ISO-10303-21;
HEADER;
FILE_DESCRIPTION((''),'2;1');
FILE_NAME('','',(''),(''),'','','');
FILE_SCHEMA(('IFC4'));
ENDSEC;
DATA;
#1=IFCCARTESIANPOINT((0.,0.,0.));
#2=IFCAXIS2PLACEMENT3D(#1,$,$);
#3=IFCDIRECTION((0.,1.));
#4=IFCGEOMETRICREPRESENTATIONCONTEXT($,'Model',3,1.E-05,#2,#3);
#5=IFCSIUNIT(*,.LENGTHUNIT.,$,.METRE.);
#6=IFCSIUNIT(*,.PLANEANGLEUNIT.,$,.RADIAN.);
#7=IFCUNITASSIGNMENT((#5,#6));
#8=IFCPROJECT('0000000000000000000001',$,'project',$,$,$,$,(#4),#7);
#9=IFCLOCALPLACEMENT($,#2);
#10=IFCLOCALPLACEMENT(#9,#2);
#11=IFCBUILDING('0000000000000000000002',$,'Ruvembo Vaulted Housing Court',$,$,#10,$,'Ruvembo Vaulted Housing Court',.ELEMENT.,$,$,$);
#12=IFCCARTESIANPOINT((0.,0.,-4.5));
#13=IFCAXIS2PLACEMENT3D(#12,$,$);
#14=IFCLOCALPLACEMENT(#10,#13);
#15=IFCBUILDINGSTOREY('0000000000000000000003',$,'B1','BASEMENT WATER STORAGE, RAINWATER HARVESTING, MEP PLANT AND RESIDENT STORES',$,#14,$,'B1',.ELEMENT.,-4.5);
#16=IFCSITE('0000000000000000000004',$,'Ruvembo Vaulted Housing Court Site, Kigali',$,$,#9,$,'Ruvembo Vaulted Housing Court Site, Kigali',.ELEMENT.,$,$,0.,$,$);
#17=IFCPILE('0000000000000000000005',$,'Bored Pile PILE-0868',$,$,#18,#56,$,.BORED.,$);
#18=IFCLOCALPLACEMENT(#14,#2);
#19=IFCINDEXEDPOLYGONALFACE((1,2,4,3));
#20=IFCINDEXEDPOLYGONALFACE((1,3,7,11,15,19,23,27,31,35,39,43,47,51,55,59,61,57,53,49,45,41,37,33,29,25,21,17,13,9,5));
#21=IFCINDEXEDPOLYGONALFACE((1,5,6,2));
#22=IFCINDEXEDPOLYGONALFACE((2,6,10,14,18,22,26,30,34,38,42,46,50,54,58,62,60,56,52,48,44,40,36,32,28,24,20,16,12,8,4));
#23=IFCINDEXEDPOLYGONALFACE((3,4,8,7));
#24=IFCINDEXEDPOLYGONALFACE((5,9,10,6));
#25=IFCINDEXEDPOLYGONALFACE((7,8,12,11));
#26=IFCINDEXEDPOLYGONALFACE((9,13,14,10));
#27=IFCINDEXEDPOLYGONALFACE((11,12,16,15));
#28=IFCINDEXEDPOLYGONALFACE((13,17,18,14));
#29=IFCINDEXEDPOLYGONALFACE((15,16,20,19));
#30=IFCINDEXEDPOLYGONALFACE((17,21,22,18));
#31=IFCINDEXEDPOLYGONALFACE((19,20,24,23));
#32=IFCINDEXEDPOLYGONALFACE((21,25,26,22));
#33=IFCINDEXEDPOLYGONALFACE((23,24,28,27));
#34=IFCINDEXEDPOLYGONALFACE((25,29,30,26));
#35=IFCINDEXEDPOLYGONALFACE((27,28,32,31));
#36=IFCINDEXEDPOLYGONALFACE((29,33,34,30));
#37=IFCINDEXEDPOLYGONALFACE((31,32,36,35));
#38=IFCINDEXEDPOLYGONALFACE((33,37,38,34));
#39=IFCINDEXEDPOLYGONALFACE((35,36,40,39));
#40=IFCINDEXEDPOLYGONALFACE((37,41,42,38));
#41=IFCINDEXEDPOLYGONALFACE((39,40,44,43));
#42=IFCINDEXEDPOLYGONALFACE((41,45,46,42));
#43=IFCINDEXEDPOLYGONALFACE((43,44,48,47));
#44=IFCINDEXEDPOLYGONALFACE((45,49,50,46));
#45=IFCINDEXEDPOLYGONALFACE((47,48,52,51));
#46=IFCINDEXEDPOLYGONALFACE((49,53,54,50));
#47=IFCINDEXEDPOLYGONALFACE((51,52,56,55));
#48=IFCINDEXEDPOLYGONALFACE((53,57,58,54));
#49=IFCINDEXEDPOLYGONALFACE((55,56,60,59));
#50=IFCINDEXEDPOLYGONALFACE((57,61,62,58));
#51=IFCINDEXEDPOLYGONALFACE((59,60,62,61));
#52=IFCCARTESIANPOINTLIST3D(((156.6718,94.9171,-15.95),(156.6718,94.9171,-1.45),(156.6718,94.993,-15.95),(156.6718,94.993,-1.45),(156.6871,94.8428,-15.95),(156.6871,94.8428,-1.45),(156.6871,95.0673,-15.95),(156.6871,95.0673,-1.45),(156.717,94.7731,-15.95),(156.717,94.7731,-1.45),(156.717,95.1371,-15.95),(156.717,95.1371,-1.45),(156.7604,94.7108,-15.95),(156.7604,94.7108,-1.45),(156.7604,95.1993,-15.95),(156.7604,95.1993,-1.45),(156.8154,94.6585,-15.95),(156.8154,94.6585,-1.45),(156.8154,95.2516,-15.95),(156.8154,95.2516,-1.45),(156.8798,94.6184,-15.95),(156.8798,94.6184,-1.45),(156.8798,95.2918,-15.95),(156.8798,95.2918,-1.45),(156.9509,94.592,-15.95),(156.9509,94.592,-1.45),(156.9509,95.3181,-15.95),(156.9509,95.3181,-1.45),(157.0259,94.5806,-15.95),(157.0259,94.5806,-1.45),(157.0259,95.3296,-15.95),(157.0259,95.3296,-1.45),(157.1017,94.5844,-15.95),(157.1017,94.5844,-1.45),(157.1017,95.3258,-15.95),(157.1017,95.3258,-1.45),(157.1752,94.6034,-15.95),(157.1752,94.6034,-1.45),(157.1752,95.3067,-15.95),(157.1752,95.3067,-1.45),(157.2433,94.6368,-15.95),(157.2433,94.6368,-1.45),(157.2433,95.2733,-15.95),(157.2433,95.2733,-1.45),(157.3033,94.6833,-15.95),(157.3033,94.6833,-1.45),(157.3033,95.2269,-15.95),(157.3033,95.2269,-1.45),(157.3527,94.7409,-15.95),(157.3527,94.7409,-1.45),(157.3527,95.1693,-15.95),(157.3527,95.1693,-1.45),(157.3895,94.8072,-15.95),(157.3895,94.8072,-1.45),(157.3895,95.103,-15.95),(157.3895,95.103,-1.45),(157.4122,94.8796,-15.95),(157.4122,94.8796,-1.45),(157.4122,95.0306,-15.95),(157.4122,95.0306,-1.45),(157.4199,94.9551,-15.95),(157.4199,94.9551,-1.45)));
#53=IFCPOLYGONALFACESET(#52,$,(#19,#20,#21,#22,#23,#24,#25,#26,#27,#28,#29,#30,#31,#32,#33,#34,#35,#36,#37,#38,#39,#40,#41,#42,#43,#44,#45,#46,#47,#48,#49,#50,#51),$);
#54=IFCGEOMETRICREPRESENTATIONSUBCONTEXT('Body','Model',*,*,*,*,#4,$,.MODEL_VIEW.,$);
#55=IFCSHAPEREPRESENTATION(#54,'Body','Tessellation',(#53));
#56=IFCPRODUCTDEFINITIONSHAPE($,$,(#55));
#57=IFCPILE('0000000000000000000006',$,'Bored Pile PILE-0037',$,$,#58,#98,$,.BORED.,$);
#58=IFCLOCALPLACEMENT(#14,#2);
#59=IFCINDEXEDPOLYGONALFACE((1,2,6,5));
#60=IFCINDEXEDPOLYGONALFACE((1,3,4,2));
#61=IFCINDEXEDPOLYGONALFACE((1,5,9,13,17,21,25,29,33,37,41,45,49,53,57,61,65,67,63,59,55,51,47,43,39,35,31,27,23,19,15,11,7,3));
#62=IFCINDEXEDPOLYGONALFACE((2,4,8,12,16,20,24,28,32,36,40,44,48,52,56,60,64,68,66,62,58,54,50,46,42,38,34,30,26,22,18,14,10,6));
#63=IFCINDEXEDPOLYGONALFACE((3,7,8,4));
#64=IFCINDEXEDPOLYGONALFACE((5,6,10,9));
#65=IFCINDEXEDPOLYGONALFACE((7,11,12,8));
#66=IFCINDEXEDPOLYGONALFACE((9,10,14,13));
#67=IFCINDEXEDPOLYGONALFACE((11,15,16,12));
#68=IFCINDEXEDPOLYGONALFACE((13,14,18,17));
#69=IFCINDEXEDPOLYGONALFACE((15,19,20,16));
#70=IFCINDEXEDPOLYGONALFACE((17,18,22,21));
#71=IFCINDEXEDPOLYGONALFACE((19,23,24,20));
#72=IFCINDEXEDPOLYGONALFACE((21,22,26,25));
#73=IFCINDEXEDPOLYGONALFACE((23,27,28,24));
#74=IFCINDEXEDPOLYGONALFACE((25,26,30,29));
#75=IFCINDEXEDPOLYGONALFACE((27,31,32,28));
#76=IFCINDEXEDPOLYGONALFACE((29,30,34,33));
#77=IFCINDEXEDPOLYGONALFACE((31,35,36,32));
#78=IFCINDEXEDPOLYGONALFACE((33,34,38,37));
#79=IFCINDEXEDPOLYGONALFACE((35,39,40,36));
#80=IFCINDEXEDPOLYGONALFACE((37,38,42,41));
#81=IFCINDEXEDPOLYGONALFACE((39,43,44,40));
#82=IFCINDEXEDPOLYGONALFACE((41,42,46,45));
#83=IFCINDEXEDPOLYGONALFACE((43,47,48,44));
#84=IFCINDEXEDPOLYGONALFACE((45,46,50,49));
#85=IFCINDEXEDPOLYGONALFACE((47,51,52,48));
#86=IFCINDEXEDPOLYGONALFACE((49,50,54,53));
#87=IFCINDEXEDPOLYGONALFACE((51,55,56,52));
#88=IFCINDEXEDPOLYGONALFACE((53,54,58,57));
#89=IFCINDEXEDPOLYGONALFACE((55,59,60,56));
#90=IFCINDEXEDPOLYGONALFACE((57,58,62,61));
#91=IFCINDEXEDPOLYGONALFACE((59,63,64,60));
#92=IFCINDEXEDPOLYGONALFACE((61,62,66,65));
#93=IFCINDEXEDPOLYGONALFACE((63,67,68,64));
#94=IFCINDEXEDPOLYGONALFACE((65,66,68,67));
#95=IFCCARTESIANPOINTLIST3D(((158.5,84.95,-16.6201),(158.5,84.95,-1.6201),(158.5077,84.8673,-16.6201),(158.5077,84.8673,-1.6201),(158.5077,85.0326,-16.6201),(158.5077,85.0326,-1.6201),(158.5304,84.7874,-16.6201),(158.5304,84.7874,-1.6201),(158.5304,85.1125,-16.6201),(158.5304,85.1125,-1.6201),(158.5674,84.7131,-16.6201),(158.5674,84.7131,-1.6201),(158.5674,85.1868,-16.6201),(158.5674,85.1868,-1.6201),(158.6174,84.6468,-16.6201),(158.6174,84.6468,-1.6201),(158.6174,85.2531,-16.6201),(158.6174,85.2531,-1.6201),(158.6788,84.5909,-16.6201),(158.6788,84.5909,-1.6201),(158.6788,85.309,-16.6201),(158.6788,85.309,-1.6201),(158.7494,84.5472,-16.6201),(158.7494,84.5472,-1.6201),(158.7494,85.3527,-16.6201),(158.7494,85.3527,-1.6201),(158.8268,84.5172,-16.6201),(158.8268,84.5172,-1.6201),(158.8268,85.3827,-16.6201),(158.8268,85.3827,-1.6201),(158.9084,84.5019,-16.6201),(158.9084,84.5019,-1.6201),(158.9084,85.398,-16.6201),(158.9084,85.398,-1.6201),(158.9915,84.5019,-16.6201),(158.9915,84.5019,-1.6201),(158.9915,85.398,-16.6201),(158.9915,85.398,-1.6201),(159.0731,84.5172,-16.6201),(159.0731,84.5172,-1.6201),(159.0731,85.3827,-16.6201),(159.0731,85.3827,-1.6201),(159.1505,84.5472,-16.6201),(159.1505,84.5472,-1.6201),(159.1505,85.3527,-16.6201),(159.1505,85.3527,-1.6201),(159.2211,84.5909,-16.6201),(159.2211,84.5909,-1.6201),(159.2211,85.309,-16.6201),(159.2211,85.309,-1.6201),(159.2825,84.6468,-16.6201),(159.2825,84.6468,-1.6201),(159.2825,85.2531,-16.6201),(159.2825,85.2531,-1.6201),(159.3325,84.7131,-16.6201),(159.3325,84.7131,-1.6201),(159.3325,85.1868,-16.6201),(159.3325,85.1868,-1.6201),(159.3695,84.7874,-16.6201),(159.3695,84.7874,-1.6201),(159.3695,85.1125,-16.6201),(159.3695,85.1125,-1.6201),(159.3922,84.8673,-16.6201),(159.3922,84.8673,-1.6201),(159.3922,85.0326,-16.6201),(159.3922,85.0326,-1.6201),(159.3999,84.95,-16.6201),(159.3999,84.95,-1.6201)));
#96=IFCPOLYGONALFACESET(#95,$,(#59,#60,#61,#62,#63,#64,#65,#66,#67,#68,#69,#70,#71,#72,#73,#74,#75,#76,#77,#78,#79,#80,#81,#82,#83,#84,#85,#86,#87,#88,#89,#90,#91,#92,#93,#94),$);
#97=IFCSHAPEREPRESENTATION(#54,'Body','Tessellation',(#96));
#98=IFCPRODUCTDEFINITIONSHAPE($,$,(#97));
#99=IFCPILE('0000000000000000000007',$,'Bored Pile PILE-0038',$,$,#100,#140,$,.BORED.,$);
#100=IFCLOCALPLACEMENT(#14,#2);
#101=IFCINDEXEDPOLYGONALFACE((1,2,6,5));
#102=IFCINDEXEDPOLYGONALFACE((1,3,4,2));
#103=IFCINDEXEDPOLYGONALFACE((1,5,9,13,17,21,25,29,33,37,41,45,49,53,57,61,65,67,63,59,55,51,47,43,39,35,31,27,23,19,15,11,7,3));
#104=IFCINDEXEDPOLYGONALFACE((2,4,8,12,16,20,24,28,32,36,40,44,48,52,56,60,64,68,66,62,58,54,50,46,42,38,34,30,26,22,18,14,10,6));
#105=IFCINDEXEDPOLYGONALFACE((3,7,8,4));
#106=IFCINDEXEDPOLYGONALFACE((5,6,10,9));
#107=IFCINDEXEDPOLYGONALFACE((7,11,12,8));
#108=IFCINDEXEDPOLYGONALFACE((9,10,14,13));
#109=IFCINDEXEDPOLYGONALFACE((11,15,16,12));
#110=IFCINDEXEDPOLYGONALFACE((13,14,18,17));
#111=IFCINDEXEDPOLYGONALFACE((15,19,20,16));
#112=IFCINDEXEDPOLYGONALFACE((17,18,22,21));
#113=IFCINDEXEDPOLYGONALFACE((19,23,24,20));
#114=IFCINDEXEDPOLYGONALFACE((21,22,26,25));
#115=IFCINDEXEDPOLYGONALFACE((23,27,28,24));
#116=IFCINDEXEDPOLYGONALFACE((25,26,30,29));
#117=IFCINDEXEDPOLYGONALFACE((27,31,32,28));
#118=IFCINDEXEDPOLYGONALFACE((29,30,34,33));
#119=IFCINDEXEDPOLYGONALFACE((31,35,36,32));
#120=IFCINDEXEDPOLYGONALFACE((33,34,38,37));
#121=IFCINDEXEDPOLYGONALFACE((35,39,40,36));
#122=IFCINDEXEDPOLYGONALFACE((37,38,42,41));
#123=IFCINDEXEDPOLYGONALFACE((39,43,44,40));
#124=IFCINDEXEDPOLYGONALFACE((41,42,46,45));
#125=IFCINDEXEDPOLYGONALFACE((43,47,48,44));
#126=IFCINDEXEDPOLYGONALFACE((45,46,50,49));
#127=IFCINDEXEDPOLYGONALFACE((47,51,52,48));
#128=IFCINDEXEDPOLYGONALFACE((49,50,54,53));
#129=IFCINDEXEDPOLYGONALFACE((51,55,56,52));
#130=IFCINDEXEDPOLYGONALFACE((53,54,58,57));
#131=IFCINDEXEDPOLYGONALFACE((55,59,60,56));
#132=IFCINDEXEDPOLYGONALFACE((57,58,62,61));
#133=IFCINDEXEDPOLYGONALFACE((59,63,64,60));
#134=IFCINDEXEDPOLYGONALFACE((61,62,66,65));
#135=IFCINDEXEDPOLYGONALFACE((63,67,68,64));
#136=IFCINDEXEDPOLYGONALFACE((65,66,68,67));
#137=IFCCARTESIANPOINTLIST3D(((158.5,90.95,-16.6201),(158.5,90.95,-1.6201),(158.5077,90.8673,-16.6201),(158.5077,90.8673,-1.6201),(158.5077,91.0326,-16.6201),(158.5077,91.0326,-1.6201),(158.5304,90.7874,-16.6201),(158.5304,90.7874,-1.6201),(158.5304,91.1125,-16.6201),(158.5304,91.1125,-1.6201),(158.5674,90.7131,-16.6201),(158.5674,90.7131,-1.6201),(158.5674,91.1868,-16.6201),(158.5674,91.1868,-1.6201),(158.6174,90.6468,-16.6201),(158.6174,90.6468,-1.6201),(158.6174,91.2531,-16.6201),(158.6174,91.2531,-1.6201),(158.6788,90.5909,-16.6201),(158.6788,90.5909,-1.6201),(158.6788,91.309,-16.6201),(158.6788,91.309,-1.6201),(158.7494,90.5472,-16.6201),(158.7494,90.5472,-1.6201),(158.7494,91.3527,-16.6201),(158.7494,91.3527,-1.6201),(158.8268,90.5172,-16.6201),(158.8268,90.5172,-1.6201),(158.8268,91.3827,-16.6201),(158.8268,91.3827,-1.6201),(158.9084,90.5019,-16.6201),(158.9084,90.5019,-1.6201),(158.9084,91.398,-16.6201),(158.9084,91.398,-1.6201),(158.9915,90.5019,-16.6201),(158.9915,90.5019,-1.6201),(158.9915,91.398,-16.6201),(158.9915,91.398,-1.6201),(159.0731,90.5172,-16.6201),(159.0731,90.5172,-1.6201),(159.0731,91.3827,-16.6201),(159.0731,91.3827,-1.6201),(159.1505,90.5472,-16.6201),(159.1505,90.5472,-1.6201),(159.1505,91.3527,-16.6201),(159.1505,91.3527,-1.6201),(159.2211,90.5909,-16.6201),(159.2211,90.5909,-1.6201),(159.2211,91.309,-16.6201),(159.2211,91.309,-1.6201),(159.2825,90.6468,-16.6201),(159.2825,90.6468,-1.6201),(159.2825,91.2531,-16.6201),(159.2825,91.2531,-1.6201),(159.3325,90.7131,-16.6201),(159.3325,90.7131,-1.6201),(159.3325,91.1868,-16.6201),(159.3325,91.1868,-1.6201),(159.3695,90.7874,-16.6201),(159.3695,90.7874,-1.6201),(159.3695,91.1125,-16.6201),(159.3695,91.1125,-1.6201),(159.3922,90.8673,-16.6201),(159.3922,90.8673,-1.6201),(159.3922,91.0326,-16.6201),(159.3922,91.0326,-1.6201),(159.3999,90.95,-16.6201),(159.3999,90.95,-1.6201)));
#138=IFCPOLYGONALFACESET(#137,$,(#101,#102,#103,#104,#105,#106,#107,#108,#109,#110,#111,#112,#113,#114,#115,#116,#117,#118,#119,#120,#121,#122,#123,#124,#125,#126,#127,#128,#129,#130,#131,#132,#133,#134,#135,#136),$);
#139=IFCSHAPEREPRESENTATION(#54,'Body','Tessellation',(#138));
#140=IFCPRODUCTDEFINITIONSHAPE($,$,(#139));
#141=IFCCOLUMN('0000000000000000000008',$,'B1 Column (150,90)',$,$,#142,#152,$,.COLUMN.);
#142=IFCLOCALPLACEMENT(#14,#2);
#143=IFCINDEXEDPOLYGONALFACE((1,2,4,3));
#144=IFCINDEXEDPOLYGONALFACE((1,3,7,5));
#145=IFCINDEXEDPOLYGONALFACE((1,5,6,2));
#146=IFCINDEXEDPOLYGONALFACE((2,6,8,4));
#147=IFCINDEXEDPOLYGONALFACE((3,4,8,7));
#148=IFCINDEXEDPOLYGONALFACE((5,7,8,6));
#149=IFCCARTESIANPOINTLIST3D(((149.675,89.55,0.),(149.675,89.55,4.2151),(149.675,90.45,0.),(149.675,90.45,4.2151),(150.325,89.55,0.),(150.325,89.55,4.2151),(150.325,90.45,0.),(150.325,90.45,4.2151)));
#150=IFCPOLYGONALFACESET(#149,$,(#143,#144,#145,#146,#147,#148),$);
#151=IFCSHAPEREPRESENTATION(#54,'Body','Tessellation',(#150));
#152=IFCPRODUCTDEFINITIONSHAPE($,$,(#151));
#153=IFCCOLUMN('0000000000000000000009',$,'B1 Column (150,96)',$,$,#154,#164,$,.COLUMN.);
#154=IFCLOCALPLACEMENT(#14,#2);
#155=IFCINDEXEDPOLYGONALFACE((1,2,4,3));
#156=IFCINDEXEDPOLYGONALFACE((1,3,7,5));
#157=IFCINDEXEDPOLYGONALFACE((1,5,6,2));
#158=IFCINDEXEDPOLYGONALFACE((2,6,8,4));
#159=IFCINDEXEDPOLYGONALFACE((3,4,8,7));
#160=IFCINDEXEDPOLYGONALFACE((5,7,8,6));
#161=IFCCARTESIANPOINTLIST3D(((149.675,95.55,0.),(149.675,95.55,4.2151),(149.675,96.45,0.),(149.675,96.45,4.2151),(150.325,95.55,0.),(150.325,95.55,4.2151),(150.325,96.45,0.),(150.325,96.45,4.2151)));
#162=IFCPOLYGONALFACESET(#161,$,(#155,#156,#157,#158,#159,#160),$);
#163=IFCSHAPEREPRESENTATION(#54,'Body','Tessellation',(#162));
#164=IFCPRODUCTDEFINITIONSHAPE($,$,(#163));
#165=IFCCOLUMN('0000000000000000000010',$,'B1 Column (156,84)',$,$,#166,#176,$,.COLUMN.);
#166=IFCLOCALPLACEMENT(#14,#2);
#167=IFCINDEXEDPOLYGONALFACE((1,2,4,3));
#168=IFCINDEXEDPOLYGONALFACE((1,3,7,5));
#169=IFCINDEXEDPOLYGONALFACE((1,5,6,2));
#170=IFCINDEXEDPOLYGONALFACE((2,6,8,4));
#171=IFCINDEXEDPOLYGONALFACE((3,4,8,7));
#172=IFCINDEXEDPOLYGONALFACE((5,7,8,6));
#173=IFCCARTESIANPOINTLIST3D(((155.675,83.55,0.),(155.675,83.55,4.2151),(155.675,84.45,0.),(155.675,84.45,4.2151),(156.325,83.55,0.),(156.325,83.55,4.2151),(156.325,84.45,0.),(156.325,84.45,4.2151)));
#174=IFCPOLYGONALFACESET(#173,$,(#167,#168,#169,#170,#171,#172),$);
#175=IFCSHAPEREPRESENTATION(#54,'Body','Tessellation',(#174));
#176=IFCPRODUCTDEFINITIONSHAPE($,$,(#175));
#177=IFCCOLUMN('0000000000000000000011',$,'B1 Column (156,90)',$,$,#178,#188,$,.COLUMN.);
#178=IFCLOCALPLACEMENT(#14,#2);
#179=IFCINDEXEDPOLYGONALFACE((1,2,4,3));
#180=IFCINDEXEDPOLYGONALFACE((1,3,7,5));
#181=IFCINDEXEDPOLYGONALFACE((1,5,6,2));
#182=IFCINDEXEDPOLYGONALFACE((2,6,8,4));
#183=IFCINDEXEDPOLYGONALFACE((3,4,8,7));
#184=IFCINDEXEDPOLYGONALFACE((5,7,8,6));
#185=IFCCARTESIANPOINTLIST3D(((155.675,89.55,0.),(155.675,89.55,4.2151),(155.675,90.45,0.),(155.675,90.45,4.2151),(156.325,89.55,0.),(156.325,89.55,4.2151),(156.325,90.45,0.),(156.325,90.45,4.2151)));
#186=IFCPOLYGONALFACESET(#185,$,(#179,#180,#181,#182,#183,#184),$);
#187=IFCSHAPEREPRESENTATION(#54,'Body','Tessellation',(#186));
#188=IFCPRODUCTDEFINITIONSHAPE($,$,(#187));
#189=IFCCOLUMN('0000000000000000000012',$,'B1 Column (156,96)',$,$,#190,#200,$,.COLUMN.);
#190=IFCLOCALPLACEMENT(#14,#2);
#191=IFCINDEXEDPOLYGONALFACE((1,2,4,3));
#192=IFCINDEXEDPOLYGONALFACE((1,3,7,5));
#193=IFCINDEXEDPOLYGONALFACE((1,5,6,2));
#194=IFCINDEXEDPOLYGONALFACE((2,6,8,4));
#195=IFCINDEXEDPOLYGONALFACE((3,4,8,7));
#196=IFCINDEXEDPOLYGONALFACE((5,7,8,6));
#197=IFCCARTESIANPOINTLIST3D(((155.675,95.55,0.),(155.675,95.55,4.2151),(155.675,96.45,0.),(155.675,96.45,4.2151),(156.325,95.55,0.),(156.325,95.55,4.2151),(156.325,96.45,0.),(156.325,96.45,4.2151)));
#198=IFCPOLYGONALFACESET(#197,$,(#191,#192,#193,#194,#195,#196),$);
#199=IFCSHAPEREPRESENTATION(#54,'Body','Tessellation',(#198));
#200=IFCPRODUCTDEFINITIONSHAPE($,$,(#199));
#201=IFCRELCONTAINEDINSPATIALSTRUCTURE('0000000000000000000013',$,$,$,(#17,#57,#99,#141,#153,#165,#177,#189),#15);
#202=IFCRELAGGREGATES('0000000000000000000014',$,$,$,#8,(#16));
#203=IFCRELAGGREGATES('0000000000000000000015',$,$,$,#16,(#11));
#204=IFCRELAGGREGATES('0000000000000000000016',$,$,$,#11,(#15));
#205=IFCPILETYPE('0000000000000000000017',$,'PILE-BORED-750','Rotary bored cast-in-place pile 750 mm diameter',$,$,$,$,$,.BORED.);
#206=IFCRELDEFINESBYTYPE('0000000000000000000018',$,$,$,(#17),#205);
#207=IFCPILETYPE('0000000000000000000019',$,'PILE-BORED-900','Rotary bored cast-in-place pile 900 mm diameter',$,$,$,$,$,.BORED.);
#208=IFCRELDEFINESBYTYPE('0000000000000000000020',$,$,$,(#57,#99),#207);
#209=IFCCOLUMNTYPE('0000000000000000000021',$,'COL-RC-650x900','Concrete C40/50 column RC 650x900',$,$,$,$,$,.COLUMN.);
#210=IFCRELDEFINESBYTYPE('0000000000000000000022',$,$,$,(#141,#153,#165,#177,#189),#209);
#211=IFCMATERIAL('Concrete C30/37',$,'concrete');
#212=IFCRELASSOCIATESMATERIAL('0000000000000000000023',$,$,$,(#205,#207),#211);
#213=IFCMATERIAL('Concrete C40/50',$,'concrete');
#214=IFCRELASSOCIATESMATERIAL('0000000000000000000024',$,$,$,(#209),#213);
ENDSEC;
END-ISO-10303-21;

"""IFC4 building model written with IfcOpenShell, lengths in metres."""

from ifc_helpers import new_model, si_unit, direction, frame, origin, origin_2d, place, context, subcontext, project, spatial, rectangle, circle, extrude, material, material_profile, profile_set, type_object, element, save


model = new_model("IFC4")

# Units and contexts
model_context = context("Model", 3, precision=1e-05, world=origin(), true_north=direction((0.0, 1.0)))
body_context = subcontext(model_context, "Body", "Model", "MODEL_VIEW")
ifc_project = project(units=[si_unit("LENGTHUNIT", "METRE"), si_unit("PLANEANGLEUNIT", "RADIAN")], contexts=[model_context])

# Site, building, storey
site_placement = place(None, origin())
site = spatial("IfcSite", under=ifc_project, at=site_placement, Name="Ruvembo Vaulted Housing Court Site, Kigali", LongName="Ruvembo Vaulted Housing Court Site, Kigali", CompositionType="ELEMENT", RefElevation=0.0)
building_placement = place(site_placement, origin())
building = spatial("IfcBuilding", under=site, at=building_placement, Name="Ruvembo Vaulted Housing Court", LongName="Ruvembo Vaulted Housing Court", CompositionType="ELEMENT")
storey_placement = place(building_placement, frame((0.0, 0.0, -4.5)))
storey = spatial("IfcBuildingStorey", under=building, at=storey_placement, Name="B1", Description="BASEMENT WATER STORAGE, RAINWATER HARVESTING, MEP PLANT AND RESIDENT STORES", LongName="B1", CompositionType="ELEMENT", Elevation=-4.5)

# Piles
ifc_material_1 = material(Name="Concrete C30/37", Category="concrete")
ifc_material_profile_1 = material_profile(ifc_material_1, circle(Radius=0.375, at=origin_2d()), Name="PILE D750")
ifc_profile_set_1 = profile_set([ifc_material_profile_1], Name="Concrete C30/37")
pile_type_1 = type_object("IfcPileType", Name="PILE-BORED-750", Description="Rotary bored cast-in-place pile 750 mm diameter", PredefinedType="BORED", material=ifc_profile_set_1)
for number, where, z_axis, x_axis, name in (
    (1, (157.0449, 94.9551, -1.45), (0.0, 0.0, -1.0), (1.0, 0.0, 0.0), "Bored Pile PILE-0868"),
):
    element("IfcPile", number, at=place(storey_placement, frame(where, z_axis=z_axis, x_axis=x_axis)), inside=storey, type_object=pile_type_1, Name=name, PredefinedType="BORED", context=body_context, shape_type="SweptSolid", body=[
        extrude(circle(Radius=0.375, at=origin_2d()), origin(), (0.0, 0.0, 1.0), 14.5),
    ])
ifc_material_profile_2 = material_profile(ifc_material_1, circle(Radius=0.45, at=origin_2d()), Name="PILE D900")
ifc_profile_set_2 = profile_set([ifc_material_profile_2], Name="Concrete C30/37")
pile_type_2 = type_object("IfcPileType", Name="PILE-BORED-900", Description="Rotary bored cast-in-place pile 900 mm diameter", PredefinedType="BORED", material=ifc_profile_set_2)
for number, where, z_axis, x_axis, name in (
    (2, (158.95, 84.95, -1.6201), (0.0, 0.0, -1.0), (1.0, 0.0, 0.0), "Bored Pile PILE-0037"),
    (3, (158.95, 90.95, -1.6201), (0.0, 0.0, -1.0), (1.0, 0.0, 0.0), "Bored Pile PILE-0038"),
):
    element("IfcPile", number, at=place(storey_placement, frame(where, z_axis=z_axis, x_axis=x_axis)), inside=storey, type_object=pile_type_2, Name=name, PredefinedType="BORED", context=body_context, shape_type="SweptSolid", body=[
        extrude(circle(Radius=0.45, at=origin_2d()), origin(), (0.0, 0.0, 1.0), 15.0),
    ])

# Columns
ifc_material_2 = material(Name="Concrete C40/50", Category="concrete")
ifc_material_profile_3 = material_profile(ifc_material_2, rectangle(XDim=0.6499, YDim=0.8999, at=origin_2d()), Name="RC 650x900")
ifc_profile_set_3 = profile_set([ifc_material_profile_3], Name="Concrete C40/50")
column_type = type_object("IfcColumnType", Name="COL-RC-650x900", Description="Concrete C40/50 column RC 650x900", PredefinedType="COLUMN", material=ifc_profile_set_3)
for number, where, z_axis, x_axis, name in (
    (4, (150.0, 90.0, 0.0), (0.0, 0.0, 1.0), (1.0, 0.0, 0.0), "B1 Column (150,90)"),
    (5, (150.0, 96.0, 0.0), (0.0, 0.0, 1.0), (1.0, 0.0, 0.0), "B1 Column (150,96)"),
    (6, (156.0, 84.0, 0.0), (0.0, 0.0, 1.0), (1.0, 0.0, 0.0), "B1 Column (156,84)"),
    (7, (156.0, 90.0, 0.0), (0.0, 0.0, 1.0), (1.0, 0.0, 0.0), "B1 Column (156,90)"),
    (8, (156.0, 96.0, 0.0), (0.0, 0.0, 1.0), (1.0, 0.0, 0.0), "B1 Column (156,96)"),
):
    element("IfcColumn", number, at=place(storey_placement, frame(where, z_axis=z_axis, x_axis=x_axis)), inside=storey, type_object=column_type, Name=name, PredefinedType="COLUMN", context=body_context, shape_type="SweptSolid", body=[
        extrude(rectangle(XDim=0.6499, YDim=0.8999, at=origin_2d()), origin(), (0.0, 0.0, 1.0), 4.2151),
    ])

save(model, "model.ifc")
